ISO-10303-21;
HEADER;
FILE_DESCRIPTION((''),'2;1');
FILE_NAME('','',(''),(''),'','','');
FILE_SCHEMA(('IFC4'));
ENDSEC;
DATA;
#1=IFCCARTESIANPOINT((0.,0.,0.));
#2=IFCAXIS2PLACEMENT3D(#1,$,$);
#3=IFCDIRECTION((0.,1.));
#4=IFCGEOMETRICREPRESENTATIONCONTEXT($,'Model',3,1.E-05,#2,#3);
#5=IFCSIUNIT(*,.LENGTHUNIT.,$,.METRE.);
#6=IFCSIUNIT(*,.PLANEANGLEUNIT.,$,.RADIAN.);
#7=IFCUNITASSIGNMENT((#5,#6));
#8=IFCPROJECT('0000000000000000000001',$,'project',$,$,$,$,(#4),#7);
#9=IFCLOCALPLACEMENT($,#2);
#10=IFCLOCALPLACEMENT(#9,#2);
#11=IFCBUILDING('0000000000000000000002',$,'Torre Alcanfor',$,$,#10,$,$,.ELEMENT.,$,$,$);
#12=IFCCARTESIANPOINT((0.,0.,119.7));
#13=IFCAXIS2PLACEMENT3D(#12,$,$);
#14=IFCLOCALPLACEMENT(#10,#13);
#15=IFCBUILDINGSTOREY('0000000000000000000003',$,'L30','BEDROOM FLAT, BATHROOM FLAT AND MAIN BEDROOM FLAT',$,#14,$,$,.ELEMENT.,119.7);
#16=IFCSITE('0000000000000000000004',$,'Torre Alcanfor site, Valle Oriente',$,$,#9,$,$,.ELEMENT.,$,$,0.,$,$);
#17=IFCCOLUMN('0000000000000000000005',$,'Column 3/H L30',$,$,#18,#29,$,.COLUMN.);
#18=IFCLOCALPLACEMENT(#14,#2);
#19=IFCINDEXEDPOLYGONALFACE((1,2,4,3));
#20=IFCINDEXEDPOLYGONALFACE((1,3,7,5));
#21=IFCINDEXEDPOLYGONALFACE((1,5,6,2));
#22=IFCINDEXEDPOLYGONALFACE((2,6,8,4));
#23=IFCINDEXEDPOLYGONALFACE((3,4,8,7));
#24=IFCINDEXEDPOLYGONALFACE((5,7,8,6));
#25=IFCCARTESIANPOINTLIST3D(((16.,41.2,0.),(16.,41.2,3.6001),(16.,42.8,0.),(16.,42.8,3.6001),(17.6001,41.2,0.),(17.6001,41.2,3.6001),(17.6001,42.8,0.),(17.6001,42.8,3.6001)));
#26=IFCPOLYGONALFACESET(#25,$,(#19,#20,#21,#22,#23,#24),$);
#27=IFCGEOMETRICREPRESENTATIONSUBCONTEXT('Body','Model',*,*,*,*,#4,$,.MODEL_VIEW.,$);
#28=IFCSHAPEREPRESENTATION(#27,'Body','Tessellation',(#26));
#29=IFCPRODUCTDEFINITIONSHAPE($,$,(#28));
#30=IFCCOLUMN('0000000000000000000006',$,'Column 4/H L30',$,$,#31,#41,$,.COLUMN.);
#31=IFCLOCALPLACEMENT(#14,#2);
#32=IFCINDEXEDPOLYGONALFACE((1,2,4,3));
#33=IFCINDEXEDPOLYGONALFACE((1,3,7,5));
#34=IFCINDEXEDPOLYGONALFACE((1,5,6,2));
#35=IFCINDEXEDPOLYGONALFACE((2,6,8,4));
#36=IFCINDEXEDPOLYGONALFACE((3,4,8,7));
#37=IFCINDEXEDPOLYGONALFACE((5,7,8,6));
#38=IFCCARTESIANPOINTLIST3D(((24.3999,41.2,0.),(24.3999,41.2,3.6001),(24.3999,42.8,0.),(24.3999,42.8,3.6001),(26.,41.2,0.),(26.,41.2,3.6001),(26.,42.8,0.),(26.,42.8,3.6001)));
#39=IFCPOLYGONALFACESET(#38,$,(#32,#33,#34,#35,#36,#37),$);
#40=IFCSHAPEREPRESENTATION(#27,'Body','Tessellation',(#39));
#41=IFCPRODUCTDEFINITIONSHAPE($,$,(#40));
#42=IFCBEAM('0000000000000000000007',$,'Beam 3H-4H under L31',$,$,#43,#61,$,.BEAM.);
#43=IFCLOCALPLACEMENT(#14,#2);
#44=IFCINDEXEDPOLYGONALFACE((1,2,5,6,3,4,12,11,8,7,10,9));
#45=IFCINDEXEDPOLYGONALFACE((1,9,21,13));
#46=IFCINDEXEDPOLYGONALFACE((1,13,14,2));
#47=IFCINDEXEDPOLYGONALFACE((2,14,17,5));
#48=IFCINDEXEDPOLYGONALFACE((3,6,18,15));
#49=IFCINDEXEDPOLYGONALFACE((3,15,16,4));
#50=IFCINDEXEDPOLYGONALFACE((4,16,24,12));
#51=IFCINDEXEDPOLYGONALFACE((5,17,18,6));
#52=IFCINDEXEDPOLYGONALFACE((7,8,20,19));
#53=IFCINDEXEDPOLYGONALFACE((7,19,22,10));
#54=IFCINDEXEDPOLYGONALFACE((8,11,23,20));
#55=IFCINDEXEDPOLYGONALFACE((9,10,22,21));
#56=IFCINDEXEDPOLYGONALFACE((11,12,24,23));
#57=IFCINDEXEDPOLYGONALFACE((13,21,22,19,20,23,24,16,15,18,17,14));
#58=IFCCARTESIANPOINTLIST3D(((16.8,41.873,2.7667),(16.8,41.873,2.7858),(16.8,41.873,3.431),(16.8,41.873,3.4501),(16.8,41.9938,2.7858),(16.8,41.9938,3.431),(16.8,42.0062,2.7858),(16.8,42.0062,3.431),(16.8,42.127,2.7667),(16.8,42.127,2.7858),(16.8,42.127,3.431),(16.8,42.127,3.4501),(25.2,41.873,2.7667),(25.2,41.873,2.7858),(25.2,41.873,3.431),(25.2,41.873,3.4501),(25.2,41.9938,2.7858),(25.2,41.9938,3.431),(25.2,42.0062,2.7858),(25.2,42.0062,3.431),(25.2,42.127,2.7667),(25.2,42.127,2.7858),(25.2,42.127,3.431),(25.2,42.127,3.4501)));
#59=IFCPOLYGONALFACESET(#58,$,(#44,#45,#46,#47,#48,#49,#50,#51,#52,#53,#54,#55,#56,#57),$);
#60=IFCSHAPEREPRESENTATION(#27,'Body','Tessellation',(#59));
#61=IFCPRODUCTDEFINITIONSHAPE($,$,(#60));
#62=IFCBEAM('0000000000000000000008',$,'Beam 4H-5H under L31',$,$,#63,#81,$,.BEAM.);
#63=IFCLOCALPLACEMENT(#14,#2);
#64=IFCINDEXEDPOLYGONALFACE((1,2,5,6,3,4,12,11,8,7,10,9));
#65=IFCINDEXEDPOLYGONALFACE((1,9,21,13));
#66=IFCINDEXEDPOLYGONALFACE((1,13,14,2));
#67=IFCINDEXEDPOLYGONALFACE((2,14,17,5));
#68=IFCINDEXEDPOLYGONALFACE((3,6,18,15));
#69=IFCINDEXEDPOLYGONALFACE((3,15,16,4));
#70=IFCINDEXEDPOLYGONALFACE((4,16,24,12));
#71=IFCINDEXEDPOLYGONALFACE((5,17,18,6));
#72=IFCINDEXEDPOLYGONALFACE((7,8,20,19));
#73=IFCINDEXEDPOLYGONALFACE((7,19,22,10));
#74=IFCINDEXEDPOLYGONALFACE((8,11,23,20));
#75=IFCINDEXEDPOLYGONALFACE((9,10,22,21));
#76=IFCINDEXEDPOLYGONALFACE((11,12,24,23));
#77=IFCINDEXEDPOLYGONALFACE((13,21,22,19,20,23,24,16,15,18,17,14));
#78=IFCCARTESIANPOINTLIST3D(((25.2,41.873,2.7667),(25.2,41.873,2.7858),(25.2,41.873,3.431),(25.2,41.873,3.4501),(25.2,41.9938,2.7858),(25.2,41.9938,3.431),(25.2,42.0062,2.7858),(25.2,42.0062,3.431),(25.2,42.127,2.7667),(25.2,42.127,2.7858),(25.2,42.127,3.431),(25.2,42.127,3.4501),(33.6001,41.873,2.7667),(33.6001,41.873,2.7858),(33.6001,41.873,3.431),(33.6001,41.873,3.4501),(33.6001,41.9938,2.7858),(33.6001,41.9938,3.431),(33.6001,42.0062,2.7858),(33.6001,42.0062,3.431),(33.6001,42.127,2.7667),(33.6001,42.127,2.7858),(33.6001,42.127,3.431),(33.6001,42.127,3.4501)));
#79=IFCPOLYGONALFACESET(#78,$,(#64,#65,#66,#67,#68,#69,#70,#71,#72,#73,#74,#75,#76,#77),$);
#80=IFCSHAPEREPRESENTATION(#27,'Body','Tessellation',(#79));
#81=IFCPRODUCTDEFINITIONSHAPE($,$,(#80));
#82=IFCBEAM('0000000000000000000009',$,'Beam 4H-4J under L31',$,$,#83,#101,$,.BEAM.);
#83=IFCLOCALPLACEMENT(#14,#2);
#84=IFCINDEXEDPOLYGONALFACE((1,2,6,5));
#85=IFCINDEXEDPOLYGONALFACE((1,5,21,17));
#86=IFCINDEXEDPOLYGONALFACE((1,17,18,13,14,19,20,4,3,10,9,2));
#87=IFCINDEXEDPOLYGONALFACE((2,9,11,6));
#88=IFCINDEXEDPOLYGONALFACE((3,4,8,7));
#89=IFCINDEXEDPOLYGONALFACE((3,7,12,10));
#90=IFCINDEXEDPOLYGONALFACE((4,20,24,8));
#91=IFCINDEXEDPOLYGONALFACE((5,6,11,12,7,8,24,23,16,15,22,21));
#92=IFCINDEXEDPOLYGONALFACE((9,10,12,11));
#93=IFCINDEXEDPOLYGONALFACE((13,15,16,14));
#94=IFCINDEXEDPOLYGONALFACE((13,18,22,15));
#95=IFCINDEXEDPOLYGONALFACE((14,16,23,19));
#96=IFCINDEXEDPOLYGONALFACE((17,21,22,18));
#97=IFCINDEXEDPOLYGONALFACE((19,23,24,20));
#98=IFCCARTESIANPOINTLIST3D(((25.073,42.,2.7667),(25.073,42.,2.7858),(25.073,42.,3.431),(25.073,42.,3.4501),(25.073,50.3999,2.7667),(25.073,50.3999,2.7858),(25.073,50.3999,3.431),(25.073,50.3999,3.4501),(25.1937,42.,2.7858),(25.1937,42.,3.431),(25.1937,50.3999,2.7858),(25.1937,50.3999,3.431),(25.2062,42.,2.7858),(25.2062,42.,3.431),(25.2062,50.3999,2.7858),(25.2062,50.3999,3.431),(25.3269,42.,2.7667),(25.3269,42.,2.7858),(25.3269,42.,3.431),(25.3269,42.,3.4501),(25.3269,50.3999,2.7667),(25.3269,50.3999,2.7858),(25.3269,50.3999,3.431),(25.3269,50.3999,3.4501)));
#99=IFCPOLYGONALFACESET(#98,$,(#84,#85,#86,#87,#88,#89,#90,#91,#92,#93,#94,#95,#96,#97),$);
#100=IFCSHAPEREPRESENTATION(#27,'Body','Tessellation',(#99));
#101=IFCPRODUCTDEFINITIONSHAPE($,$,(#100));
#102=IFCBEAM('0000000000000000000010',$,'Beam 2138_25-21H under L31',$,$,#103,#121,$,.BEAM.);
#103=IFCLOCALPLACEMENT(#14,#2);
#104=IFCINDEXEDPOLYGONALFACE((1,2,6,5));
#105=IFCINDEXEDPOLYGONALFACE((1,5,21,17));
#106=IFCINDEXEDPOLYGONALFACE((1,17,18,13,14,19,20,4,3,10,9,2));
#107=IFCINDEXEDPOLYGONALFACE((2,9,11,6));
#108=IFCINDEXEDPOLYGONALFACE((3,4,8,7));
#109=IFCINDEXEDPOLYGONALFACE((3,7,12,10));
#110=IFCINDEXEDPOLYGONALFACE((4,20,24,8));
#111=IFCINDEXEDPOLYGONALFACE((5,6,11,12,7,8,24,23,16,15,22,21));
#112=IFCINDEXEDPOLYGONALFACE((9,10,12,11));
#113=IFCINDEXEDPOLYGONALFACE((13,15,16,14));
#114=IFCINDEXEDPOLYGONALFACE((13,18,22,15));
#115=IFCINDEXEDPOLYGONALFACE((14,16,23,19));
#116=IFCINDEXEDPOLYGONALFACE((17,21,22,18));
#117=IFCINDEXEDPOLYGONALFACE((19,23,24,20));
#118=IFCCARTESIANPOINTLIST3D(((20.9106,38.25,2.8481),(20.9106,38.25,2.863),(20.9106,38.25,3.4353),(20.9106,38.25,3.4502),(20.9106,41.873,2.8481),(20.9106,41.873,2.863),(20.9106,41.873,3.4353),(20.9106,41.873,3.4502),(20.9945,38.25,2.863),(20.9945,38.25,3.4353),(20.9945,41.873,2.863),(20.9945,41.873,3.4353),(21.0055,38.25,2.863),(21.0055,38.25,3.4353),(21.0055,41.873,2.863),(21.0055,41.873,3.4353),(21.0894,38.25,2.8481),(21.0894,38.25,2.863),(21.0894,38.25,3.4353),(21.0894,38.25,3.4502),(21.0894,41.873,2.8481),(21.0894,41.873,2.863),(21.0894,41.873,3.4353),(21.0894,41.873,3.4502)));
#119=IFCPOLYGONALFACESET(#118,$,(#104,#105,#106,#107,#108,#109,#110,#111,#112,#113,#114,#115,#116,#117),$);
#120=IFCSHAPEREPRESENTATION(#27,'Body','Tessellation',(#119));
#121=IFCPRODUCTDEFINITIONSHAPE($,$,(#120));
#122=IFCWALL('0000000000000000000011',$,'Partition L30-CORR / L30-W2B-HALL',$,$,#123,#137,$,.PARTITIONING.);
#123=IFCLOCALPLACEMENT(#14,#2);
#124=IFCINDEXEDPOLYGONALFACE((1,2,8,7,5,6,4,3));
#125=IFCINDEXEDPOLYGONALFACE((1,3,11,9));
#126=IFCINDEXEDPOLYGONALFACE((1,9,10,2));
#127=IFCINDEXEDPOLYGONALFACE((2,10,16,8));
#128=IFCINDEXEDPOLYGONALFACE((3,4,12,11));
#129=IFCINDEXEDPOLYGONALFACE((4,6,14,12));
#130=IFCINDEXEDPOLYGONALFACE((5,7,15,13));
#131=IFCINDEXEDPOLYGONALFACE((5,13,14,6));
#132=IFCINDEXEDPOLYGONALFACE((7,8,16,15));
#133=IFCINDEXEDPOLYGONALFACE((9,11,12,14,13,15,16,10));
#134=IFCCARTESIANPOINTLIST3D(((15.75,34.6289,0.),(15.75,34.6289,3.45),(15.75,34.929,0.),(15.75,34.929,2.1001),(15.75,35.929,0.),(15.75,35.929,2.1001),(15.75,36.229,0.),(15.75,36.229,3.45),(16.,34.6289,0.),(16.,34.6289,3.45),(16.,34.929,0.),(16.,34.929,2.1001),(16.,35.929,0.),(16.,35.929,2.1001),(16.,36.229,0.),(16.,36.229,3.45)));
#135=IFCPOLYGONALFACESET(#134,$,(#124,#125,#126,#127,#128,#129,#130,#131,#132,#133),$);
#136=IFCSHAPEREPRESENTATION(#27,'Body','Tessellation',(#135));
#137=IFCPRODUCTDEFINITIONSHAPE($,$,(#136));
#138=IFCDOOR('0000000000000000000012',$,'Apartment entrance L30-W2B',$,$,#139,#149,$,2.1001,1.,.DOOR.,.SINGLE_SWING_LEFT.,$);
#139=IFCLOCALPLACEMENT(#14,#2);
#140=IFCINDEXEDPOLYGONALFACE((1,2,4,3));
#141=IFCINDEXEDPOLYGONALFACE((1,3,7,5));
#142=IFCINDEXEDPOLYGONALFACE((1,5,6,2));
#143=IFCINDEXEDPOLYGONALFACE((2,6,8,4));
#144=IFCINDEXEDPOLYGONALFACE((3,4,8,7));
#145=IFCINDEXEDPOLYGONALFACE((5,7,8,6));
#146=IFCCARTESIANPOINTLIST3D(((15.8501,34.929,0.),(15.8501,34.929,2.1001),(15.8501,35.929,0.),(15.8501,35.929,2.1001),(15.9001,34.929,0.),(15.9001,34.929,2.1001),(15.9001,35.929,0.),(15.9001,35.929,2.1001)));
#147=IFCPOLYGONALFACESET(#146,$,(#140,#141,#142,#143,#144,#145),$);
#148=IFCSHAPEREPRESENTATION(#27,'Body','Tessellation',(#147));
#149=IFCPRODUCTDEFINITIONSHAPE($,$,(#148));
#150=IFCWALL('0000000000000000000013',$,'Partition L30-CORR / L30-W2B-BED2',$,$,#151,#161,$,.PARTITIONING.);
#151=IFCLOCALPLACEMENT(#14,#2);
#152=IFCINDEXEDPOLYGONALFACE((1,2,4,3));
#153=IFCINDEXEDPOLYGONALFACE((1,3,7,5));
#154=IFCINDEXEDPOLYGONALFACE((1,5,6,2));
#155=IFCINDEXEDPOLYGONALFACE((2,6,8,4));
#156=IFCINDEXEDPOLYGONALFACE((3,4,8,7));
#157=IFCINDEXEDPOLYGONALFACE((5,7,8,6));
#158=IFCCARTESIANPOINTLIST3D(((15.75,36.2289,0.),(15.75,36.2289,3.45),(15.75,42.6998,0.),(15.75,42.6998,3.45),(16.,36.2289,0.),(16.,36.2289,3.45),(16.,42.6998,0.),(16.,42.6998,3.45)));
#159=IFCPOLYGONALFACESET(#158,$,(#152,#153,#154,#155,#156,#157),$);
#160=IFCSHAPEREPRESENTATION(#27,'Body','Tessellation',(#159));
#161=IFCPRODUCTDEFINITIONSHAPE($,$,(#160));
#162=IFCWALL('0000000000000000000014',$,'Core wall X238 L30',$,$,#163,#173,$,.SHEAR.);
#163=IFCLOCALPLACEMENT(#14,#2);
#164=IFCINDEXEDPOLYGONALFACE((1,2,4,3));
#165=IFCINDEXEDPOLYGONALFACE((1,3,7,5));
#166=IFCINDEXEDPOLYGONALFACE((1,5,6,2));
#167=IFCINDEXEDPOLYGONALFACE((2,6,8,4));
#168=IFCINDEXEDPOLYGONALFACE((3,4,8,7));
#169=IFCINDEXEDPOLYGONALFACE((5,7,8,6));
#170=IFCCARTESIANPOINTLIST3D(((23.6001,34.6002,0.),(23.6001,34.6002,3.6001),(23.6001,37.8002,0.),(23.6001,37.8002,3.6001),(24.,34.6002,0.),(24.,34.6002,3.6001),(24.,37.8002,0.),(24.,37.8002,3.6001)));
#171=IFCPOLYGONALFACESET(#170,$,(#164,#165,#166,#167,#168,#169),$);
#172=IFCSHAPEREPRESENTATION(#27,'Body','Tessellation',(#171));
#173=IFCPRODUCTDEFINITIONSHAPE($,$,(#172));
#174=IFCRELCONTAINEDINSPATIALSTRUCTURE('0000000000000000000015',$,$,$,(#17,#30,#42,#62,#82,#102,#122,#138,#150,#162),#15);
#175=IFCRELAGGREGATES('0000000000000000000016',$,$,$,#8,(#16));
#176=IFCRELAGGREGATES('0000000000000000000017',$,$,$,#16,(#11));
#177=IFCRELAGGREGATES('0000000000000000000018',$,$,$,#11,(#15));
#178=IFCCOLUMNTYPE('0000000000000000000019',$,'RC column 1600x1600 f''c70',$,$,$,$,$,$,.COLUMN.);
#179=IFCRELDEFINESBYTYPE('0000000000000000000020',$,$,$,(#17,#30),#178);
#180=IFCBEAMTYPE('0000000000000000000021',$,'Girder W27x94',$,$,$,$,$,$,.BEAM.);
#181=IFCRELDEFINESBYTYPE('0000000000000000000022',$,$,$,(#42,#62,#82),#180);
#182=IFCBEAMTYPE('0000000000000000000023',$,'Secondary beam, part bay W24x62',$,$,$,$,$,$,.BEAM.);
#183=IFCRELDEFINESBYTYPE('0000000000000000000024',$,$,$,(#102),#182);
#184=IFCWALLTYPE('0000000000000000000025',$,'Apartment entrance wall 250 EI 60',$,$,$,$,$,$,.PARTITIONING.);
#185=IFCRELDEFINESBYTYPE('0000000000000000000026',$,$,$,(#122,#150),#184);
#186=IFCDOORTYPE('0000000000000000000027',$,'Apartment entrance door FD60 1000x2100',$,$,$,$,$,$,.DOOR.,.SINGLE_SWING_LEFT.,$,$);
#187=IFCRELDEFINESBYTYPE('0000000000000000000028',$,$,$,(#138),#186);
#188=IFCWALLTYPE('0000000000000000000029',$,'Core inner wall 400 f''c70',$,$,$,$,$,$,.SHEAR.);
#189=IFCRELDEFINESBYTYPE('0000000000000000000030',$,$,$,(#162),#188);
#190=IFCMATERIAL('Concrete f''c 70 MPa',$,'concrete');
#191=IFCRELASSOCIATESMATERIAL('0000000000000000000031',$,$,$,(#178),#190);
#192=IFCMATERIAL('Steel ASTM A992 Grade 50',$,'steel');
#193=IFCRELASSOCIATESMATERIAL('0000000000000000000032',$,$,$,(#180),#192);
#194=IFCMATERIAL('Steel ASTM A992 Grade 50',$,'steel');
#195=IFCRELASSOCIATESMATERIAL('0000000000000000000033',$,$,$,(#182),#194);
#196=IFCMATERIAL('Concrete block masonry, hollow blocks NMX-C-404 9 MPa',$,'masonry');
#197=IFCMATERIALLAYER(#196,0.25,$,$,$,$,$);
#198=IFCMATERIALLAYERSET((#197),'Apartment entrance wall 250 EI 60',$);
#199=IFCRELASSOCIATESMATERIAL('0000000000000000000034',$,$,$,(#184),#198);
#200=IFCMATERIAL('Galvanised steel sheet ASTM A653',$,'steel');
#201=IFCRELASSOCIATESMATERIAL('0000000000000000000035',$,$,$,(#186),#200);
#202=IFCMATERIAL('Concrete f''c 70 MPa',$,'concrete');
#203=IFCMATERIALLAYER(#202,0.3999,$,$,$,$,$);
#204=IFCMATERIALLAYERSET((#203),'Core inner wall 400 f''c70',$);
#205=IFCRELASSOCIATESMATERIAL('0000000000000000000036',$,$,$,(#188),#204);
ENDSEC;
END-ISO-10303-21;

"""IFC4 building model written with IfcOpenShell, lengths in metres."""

from ifc_helpers import new_model, si_unit, direction, frame, frame_2d, origin, origin_2d, place, context, subcontext, project, spatial, rectangle, i_section, extrude, material, layer, layer_set, material_profile, profile_set, type_object, element, fill, save


model = new_model("IFC4")

# Units and contexts
model_context = context("Model", 3, precision=1e-05, world=origin(), true_north=direction((0.0, 1.0)))
body_context = subcontext(model_context, "Body", "Model", "MODEL_VIEW")
ifc_project = project(units=[si_unit("LENGTHUNIT", "METRE"), si_unit("PLANEANGLEUNIT", "RADIAN")], contexts=[model_context])

# Site, building, storey
site_placement = place(None, origin())
site = spatial("IfcSite", under=ifc_project, at=site_placement, Name="Torre Alcanfor site, Valle Oriente", CompositionType="ELEMENT", RefElevation=0.0)
building_placement = place(site_placement, origin())
building = spatial("IfcBuilding", under=site, at=building_placement, Name="Torre Alcanfor", CompositionType="ELEMENT")
storey_placement = place(building_placement, frame((0.0, 0.0, 119.7)))
storey = spatial("IfcBuildingStorey", under=building, at=storey_placement, Name="L30", Description="BEDROOM FLAT, BATHROOM FLAT AND MAIN BEDROOM FLAT", CompositionType="ELEMENT", Elevation=119.7)

# Columns
ifc_material_1 = material(Name="Concrete f'c 70 MPa", Category="concrete")
ifc_material_profile_1 = material_profile(ifc_material_1, rectangle(XDim=1.6001, YDim=1.6001, at=origin_2d()), Name="1600x1600")
ifc_profile_set_1 = profile_set([ifc_material_profile_1], Name="Concrete f'c 70 MPa")
column_type = type_object("IfcColumnType", Name="RC column 1600x1600 f'c70", PredefinedType="COLUMN", material=ifc_profile_set_1)
for number, where, z_axis, x_axis, name in (
    (1, (16.8, 42.0, 0.0), (0.0, 0.0, 1.0), (1.0, 0.0, 0.0), "Column 3/H L30"),
    (2, (25.2, 42.0, 0.0), (0.0, 0.0, 1.0), (1.0, 0.0, 0.0), "Column 4/H L30"),
):
    element("IfcColumn", number, at=place(storey_placement, frame(where, z_axis=z_axis, x_axis=x_axis)), inside=storey, type_object=column_type, Name=name, PredefinedType="COLUMN", context=body_context, shape_type="SweptSolid", body=[
        extrude(rectangle(XDim=1.6001, YDim=1.6001, at=origin_2d()), origin(), (0.0, 0.0, 1.0), 3.6001),
    ])

# Beams
ifc_material_2 = material(Name="Steel ASTM A992 Grade 50", Category="steel")
ifc_material_profile_2 = material_profile(ifc_material_2, i_section(OverallWidth=0.2539, OverallDepth=0.6833, WebThickness=0.0125, FlangeThickness=0.019, at=origin_2d()), Name="W27x94")
ifc_profile_set_2 = profile_set([ifc_material_profile_2], Name="Steel ASTM A992 Grade 50")
beam_type_1 = type_object("IfcBeamType", Name="Girder W27x94", PredefinedType="BEAM", material=ifc_profile_set_2)
beam_1_placement = place(storey_placement, frame((16.8, 42.0, 3.1084), z_axis=(1.0, 0.0, 0.0), x_axis=(0.0, 1.0, 0.0)))
element("IfcBeam", 3, at=beam_1_placement, inside=storey, type_object=beam_type_1, Name="Beam 3H-4H under L31", PredefinedType="BEAM", context=body_context, shape_type="SweptSolid", body=[
    extrude(i_section(OverallWidth=0.2539, OverallDepth=0.6833, WebThickness=0.0125, FlangeThickness=0.019, at=origin_2d()), origin(), (0.0, 0.0, 1.0), 8.3999),
])
beam_2_placement = place(storey_placement, frame((25.2, 42.0, 3.1084), z_axis=(1.0, 0.0, 0.0), x_axis=(0.0, 1.0, 0.0)))
element("IfcBeam", 4, at=beam_2_placement, inside=storey, type_object=beam_type_1, Name="Beam 4H-5H under L31", PredefinedType="BEAM", context=body_context, shape_type="SweptSolid", body=[
    extrude(i_section(OverallWidth=0.2539, OverallDepth=0.6833, WebThickness=0.0125, FlangeThickness=0.019, at=origin_2d()), origin(), (0.0, 0.0, 1.0), 8.4001),
])
beam_3_placement = place(storey_placement, frame((25.2, 42.0, 3.1084), z_axis=(0.0, 1.0, 0.0), x_axis=(-1.0, 0.0, 0.0)))
element("IfcBeam", 5, at=beam_3_placement, inside=storey, type_object=beam_type_1, Name="Beam 4H-4J under L31", PredefinedType="BEAM", context=body_context, shape_type="SweptSolid", body=[
    extrude(i_section(OverallWidth=0.2539, OverallDepth=0.6833, WebThickness=0.0125, FlangeThickness=0.019, at=origin_2d()), origin(), (0.0, 0.0, 1.0), 8.3999),
])
ifc_material_3 = material(Name="Steel ASTM A992 Grade 50", Category="steel")
ifc_material_profile_3 = material_profile(ifc_material_3, i_section(OverallWidth=0.1787, OverallDepth=0.6021, WebThickness=0.011, FlangeThickness=0.0149, at=origin_2d()), Name="W24x62")
ifc_profile_set_3 = profile_set([ifc_material_profile_3], Name="Steel ASTM A992 Grade 50")
beam_type_2 = type_object("IfcBeamType", Name="Secondary beam, part bay W24x62", PredefinedType="BEAM", material=ifc_profile_set_3)
beam_4_placement = place(storey_placement, frame((21.0, 38.25, 3.1492), z_axis=(0.0, 1.0, 0.0), x_axis=(-1.0, 0.0, 0.0)))
element("IfcBeam", 6, at=beam_4_placement, inside=storey, type_object=beam_type_2, Name="Beam 2138_25-21H under L31", PredefinedType="BEAM", context=body_context, shape_type="SweptSolid", body=[
    extrude(i_section(OverallWidth=0.1787, OverallDepth=0.6021, WebThickness=0.011, FlangeThickness=0.0149, at=origin_2d()), origin(), (0.0, 0.0, 1.0), 3.623),
])

# Wall, opening, door
ifc_material_4 = material(Name="Concrete block masonry, hollow blocks NMX-C-404 9 MPa", Category="masonry")
ifc_layer_1 = layer(ifc_material_4, 0.25)
ifc_layer_set_1 = layer_set([ifc_layer_1], Name="Apartment entrance wall 250 EI 60")
wall_type_1 = type_object("IfcWallType", Name="Apartment entrance wall 250 EI 60", PredefinedType="PARTITIONING", material=ifc_layer_set_1)
wall_1_placement = place(storey_placement, frame((15.875, 34.6289, 0.0), z_axis=(0.0, 0.0, 1.0), x_axis=(0.0, 1.0, 0.0)))
wall_1 = element("IfcWall", 7, at=wall_1_placement, inside=storey, type_object=wall_type_1, Name="Partition L30-CORR / L30-W2B-HALL", PredefinedType="PARTITIONING", context=body_context, shape_type="SweptSolid", body=[
    extrude(rectangle(XDim=1.6001, YDim=0.25, at=frame_2d((0.8, 0.0))), origin(), (0.0, 0.0, 1.0), 3.45),
])
opening_1_placement = place(wall_1_placement, frame((0.3, 0.0, 0.0)))
opening_1 = element("IfcOpeningElement", 8, at=opening_1_placement, cuts=wall_1, PredefinedType="OPENING", context=body_context, shape_type="SweptSolid", body=[
    extrude(rectangle(XDim=1.0, YDim=2.1001, at=frame_2d((0.5, 1.05))), frame((0.0, 0.135, 0.0), z_axis=(0.0, -1.0, 0.0), x_axis=(1.0, 0.0, 0.0)), (0.0, 0.0, 1.0), 0.27),
])
ifc_material_5 = material(Name="Galvanised steel sheet ASTM A653", Category="steel")
door_type_1 = type_object("IfcDoorType", Name="Apartment entrance door FD60 1000x2100", OperationType="SINGLE_SWING_LEFT", PredefinedType="DOOR", material=ifc_material_5)
door_1_placement = place(opening_1_placement, origin())
door_1 = element("IfcDoor", 9, at=door_1_placement, inside=storey, type_object=door_type_1, Name="Apartment entrance L30-W2B", OperationType="SINGLE_SWING_LEFT", OverallHeight=2.1001, OverallWidth=1.0, PredefinedType="DOOR", context=body_context, shape_type="SweptSolid", body=[
    extrude(rectangle(XDim=1.0, YDim=2.1001, at=frame_2d((0.5, 1.05))), frame((0.0, 0.0249, 0.0), z_axis=(0.0, -1.0, 0.0), x_axis=(1.0, 0.0, 0.0)), (0.0, 0.0, 1.0), 0.05),
])
fill(opening_1, door_1)

# Walls
wall_2_placement = place(storey_placement, frame((15.875, 36.229, 0.0), z_axis=(0.0, 0.0, 1.0), x_axis=(0.0, 1.0, 0.0)))
element("IfcWall", 10, at=wall_2_placement, inside=storey, type_object=wall_type_1, Name="Partition L30-CORR / L30-W2B-BED2", PredefinedType="PARTITIONING", context=body_context, shape_type="SweptSolid", body=[
    extrude(rectangle(XDim=6.4709, YDim=0.25, at=frame_2d((3.2354, 0.0))), origin(), (0.0, 0.0, 1.0), 3.45),
])
ifc_material_6 = material(Name="Concrete f'c 70 MPa", Category="concrete")
ifc_layer_2 = layer(ifc_material_6, 0.3999)
ifc_layer_set_2 = layer_set([ifc_layer_2], Name="Core inner wall 400 f'c70")
wall_type_2 = type_object("IfcWallType", Name="Core inner wall 400 f'c70", PredefinedType="SHEAR", material=ifc_layer_set_2)
wall_3_placement = place(storey_placement, frame((23.8, 34.6001, 0.0), z_axis=(0.0, 0.0, 1.0), x_axis=(0.0, 1.0, 0.0)))
element("IfcWall", 11, at=wall_3_placement, inside=storey, type_object=wall_type_2, Name="Core wall X238 L30", PredefinedType="SHEAR", context=body_context, shape_type="SweptSolid", body=[
    extrude(rectangle(XDim=3.2, YDim=0.3999, at=frame_2d((1.6001, 0.0))), origin(), (0.0, 0.0, 1.0), 3.6001),
])

save(model, "model.ifc")
